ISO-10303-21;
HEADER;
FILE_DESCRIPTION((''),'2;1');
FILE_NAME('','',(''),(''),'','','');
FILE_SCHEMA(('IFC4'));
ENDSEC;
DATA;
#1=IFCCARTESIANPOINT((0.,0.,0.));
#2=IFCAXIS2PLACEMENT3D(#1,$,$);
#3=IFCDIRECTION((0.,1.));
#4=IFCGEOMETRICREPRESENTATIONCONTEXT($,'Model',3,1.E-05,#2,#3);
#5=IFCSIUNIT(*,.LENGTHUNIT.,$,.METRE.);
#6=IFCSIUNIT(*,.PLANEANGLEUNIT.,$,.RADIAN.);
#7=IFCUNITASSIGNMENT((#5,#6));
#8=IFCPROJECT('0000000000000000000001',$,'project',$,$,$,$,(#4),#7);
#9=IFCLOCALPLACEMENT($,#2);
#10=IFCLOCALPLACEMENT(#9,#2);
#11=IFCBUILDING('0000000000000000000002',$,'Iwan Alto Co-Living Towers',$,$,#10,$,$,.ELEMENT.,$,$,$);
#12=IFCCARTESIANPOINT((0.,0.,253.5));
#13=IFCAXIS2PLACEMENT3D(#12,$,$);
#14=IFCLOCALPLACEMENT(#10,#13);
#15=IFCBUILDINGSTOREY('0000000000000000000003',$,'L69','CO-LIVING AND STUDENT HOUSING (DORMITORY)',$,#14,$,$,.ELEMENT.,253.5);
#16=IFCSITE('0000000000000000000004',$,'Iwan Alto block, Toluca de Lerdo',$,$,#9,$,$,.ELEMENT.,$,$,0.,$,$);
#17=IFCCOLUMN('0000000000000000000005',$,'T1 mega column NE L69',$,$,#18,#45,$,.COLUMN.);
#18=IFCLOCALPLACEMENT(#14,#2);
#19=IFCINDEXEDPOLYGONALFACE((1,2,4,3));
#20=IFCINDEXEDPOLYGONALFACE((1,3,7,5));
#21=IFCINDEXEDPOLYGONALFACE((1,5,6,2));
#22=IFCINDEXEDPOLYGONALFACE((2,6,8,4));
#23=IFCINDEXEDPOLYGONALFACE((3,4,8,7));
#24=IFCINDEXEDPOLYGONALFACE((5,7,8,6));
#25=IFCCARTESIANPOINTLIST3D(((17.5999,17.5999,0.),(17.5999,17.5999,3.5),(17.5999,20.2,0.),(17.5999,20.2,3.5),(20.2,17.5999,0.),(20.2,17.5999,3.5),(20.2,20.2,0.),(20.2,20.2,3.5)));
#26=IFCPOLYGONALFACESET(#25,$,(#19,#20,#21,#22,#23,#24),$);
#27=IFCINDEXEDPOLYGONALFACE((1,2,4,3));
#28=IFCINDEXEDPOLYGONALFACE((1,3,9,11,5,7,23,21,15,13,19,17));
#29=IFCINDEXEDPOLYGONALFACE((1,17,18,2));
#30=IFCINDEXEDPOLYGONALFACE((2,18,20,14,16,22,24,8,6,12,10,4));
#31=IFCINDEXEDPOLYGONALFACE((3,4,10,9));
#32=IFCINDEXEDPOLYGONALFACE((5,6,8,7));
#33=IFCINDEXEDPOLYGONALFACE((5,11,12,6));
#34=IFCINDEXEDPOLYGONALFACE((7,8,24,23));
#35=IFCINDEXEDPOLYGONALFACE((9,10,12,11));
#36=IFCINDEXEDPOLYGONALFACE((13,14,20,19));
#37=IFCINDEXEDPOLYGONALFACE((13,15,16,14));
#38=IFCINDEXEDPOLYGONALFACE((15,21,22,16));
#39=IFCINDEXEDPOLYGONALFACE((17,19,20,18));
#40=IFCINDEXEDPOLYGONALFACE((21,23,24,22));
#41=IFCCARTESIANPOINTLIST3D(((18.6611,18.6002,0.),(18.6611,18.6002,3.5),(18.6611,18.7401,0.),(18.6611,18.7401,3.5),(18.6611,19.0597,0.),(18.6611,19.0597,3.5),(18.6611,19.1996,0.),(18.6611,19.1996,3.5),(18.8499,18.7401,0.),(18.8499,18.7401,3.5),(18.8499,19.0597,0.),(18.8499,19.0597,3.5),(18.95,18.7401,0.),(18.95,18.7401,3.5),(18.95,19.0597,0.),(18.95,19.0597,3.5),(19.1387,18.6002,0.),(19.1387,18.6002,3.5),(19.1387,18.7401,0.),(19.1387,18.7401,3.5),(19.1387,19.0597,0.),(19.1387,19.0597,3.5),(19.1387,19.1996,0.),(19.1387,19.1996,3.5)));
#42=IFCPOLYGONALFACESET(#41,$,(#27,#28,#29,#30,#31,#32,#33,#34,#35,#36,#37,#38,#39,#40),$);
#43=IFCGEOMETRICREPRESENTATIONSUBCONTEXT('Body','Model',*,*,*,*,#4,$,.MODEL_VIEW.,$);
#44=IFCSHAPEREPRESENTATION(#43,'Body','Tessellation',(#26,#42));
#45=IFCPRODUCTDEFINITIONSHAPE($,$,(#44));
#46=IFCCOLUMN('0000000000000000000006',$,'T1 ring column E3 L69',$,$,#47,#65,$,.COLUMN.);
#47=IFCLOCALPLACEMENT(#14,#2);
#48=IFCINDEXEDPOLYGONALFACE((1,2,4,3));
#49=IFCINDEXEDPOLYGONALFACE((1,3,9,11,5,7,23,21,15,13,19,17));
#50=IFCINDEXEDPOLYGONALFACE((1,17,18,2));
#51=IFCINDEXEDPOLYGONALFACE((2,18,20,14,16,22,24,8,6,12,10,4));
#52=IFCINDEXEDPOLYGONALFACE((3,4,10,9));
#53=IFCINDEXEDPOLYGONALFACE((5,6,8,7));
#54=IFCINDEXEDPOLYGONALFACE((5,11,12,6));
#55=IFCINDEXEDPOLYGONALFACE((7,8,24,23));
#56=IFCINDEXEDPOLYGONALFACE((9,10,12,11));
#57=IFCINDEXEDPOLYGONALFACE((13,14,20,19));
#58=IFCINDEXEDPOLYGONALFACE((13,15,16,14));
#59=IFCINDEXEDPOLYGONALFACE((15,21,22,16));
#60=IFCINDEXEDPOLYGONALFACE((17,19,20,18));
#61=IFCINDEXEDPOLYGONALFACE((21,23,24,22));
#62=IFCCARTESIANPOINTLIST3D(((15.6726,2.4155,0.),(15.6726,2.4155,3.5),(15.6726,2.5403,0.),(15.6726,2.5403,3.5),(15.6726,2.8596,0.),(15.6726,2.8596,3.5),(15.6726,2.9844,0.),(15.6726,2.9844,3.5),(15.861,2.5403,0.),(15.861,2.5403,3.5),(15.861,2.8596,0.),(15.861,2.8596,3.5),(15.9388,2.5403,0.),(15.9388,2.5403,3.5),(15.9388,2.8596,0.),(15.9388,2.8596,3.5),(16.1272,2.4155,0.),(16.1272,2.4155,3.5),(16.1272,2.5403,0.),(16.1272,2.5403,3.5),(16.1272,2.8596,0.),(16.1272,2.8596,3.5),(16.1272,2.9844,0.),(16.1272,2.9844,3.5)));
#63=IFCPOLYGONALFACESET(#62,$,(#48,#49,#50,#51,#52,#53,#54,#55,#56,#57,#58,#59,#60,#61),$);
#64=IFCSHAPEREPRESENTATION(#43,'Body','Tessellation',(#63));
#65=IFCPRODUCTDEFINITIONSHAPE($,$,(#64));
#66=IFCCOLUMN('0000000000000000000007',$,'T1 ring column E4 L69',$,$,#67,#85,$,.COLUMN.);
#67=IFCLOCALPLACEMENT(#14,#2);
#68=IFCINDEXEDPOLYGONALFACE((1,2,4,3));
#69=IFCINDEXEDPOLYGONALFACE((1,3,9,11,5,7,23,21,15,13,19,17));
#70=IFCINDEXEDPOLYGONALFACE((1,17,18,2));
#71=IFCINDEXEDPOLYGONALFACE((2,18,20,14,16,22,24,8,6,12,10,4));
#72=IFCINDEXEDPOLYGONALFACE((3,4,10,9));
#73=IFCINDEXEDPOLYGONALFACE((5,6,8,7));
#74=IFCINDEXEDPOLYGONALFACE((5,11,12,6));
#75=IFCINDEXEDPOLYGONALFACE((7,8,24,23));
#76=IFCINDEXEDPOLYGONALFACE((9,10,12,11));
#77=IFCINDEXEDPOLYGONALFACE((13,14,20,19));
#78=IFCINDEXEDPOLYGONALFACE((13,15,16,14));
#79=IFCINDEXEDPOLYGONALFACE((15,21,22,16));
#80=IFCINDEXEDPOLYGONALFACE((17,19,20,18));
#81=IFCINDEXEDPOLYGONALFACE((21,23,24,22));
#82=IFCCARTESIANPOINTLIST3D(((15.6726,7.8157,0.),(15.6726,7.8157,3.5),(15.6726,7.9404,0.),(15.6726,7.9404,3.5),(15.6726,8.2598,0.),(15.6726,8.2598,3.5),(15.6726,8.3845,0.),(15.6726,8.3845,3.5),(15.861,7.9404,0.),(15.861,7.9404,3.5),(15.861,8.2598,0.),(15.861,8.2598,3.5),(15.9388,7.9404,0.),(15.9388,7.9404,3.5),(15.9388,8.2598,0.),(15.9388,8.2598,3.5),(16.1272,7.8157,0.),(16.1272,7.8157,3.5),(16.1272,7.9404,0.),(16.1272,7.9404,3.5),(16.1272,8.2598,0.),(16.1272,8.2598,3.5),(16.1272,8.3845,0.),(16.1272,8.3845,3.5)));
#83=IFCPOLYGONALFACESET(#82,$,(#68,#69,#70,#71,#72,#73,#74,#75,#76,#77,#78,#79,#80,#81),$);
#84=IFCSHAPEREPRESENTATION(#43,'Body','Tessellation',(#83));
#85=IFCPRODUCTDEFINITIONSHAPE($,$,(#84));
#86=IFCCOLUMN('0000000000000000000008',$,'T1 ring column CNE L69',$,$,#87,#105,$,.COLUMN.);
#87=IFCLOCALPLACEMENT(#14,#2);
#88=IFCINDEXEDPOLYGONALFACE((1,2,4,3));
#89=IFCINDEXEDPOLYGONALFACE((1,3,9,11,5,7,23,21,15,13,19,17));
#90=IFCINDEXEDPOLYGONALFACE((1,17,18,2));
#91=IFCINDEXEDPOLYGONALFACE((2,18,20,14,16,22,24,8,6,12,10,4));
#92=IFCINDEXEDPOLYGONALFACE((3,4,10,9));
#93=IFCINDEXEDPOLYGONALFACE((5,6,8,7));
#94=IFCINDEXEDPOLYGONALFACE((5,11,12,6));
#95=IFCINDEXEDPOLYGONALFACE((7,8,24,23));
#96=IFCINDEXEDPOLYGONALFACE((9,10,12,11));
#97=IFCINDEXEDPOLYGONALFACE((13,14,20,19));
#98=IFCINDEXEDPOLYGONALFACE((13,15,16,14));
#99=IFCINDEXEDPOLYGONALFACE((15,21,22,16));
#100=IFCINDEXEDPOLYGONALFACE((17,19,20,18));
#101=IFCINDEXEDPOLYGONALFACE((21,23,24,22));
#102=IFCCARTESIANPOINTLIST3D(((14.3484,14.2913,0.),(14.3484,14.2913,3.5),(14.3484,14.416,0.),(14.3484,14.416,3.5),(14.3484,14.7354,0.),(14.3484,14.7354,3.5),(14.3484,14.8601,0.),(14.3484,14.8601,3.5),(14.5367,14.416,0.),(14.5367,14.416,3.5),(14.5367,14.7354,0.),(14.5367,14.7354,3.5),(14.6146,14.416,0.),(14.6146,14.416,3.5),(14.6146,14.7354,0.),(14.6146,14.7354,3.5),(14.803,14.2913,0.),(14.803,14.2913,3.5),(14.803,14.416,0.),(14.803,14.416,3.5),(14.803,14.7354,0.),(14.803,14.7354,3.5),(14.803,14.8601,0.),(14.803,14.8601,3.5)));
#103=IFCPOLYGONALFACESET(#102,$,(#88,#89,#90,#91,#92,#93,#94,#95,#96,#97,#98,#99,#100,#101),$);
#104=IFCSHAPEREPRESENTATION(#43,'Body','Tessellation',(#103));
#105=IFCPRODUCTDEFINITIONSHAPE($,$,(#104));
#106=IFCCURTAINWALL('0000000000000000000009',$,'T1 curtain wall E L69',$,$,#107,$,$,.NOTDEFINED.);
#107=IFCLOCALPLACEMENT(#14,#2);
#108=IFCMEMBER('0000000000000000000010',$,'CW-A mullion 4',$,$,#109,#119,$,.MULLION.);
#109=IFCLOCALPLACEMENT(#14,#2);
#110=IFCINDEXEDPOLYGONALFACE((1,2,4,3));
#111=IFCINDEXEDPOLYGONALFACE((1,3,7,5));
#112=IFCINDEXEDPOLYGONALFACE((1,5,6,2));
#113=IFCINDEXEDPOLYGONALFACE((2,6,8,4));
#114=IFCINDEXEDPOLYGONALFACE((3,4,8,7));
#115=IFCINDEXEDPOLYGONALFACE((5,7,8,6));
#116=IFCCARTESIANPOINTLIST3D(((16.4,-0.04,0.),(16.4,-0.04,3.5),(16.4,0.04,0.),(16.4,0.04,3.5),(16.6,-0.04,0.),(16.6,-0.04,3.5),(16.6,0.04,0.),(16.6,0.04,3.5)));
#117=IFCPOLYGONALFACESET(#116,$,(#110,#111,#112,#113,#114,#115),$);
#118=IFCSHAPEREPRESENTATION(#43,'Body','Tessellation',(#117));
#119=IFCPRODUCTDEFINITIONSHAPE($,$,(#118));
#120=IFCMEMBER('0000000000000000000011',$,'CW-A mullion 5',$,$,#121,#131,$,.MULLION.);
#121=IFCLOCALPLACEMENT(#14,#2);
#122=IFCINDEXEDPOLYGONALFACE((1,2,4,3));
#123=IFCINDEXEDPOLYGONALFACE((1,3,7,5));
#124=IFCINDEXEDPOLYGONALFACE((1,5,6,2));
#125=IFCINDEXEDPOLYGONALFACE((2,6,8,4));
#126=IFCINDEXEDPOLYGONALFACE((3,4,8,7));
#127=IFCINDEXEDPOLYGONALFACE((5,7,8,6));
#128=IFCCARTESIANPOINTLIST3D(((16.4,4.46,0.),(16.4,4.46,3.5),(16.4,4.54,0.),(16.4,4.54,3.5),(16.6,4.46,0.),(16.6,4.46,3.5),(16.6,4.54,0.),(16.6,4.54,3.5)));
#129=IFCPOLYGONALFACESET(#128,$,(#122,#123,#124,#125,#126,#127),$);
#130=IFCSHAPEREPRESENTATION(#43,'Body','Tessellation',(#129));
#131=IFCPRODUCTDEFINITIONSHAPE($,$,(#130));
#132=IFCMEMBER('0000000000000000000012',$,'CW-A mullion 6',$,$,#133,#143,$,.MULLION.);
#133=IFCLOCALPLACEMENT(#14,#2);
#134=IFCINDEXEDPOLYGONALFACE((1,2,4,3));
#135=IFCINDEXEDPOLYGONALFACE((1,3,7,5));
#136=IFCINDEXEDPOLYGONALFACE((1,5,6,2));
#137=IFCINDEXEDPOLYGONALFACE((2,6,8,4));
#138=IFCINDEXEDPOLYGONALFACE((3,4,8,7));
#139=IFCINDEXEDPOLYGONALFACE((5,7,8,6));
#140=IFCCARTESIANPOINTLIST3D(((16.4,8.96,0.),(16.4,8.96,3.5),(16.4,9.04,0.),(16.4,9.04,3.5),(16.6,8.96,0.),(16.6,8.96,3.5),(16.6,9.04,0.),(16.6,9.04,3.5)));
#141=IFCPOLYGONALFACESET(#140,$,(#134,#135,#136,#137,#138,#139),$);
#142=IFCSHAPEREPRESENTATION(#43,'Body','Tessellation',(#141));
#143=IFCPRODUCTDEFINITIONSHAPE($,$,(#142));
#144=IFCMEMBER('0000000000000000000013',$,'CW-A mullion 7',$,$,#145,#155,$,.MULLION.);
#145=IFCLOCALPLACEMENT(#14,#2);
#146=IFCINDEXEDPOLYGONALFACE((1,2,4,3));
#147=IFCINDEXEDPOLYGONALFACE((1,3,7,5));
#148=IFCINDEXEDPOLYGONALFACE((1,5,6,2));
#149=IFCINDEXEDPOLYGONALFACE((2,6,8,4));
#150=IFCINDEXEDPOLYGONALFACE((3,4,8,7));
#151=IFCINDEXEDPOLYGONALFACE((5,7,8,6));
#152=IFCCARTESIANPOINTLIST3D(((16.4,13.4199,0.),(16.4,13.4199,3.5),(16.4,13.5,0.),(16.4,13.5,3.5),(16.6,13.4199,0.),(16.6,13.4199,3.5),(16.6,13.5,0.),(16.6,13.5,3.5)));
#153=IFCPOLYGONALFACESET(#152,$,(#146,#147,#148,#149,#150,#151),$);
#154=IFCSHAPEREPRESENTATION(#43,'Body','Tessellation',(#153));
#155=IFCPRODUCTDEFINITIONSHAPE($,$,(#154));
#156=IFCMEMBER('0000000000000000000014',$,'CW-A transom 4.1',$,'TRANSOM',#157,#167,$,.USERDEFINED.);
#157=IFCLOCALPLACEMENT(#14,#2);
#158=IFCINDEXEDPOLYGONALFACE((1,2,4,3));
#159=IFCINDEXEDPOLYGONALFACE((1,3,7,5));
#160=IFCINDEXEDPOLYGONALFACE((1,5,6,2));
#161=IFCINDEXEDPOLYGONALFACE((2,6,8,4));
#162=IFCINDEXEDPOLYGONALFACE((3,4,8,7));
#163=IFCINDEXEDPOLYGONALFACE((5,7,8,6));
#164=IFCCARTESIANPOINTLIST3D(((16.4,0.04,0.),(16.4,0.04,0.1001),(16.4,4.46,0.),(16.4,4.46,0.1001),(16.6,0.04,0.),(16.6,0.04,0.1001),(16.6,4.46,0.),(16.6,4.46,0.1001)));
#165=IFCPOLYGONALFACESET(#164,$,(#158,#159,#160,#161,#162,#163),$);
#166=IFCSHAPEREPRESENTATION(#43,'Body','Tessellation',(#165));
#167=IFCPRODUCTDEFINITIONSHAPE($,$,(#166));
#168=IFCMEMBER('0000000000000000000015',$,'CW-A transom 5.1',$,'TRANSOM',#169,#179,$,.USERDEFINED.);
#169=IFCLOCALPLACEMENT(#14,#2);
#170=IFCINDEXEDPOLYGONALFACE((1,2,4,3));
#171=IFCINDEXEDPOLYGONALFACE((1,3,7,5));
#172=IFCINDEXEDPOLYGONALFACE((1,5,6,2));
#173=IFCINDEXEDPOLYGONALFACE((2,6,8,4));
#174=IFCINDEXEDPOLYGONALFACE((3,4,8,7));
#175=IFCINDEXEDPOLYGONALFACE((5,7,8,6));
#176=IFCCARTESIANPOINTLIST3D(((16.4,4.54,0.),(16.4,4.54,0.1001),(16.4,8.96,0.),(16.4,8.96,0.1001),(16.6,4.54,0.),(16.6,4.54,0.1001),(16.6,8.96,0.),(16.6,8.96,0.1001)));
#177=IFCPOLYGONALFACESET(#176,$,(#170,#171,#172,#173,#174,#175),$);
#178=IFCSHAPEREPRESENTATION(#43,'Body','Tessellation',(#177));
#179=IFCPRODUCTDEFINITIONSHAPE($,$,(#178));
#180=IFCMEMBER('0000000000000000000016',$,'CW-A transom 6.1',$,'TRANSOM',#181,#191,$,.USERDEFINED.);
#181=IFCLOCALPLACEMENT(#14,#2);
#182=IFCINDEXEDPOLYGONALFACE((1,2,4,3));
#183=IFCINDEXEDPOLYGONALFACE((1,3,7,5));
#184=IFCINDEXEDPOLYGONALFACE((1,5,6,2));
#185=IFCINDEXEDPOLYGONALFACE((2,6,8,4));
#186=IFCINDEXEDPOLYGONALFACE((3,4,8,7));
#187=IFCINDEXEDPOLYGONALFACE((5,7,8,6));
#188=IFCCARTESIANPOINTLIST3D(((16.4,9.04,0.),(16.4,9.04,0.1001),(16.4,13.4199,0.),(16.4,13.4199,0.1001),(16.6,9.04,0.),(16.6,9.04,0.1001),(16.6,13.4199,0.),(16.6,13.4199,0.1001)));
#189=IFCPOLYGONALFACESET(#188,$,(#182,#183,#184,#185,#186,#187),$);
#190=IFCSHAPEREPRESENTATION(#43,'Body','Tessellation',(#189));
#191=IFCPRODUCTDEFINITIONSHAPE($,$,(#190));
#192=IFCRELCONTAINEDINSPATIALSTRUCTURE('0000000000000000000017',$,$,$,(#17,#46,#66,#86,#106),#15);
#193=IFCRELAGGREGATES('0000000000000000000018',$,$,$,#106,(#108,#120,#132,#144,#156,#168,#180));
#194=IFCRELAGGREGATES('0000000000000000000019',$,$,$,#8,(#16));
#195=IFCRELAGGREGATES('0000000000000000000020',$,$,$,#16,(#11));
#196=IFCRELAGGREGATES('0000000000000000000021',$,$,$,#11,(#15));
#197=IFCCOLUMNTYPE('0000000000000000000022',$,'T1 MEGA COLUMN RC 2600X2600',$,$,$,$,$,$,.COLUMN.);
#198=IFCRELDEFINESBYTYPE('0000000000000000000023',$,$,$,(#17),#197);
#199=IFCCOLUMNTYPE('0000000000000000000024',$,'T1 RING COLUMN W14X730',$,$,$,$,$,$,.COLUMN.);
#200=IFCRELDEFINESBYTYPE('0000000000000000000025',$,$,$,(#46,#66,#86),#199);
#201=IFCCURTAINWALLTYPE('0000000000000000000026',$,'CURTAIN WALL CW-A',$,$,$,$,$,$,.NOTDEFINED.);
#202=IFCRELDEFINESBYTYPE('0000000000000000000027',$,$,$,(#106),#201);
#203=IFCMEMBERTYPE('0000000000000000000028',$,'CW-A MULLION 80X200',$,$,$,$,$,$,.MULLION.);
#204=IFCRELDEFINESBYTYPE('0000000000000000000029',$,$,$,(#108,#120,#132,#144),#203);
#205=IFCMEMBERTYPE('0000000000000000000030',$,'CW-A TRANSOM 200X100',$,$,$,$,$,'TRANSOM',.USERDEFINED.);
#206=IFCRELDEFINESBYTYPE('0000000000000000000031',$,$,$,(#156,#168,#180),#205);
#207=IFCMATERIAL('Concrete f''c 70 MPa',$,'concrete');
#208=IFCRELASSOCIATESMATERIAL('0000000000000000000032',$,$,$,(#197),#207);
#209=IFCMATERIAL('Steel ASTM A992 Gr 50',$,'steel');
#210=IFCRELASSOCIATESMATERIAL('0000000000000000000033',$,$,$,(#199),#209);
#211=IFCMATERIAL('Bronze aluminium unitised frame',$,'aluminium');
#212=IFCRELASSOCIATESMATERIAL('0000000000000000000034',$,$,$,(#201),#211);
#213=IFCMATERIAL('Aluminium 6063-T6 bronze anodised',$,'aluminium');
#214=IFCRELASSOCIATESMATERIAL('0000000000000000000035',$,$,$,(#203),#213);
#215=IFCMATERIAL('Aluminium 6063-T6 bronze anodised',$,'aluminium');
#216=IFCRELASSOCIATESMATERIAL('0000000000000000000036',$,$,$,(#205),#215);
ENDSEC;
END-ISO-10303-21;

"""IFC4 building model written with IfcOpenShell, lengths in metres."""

from ifc_helpers import new_model, si_unit, direction, frame, origin, origin_2d, place, context, subcontext, project, spatial, rectangle, i_section, extrude, material, material_profile, profile_set, type_object, element, aggregate, save


model = new_model("IFC4")

# Units and contexts
model_context = context("Model", 3, precision=1e-05, world=origin(), true_north=direction((0.0, 1.0)))
body_context = subcontext(model_context, "Body", "Model", "MODEL_VIEW")
ifc_project = project(units=[si_unit("LENGTHUNIT", "METRE"), si_unit("PLANEANGLEUNIT", "RADIAN")], contexts=[model_context])

# Site, building, storey
site_placement = place(None, origin())
site = spatial("IfcSite", under=ifc_project, at=site_placement, Name="Iwan Alto block, Toluca de Lerdo", CompositionType="ELEMENT", RefElevation=0.0)
building_placement = place(site_placement, origin())
building = spatial("IfcBuilding", under=site, at=building_placement, Name="Iwan Alto Co-Living Towers", CompositionType="ELEMENT")
storey_placement = place(building_placement, frame((0.0, 0.0, 253.5)))
storey = spatial("IfcBuildingStorey", under=building, at=storey_placement, Name="L69", Description="CO-LIVING AND STUDENT HOUSING (DORMITORY)", CompositionType="ELEMENT", Elevation=253.5)

# Columns
ifc_material_1 = material(Name="Concrete f'c 70 MPa", Category="concrete")
ifc_material_profile_1 = material_profile(ifc_material_1, rectangle(XDim=2.6001, YDim=2.6001, at=origin_2d()), Name="RC 2600X2600")
ifc_profile_set_1 = profile_set([ifc_material_profile_1], Name="Concrete f'c 70 MPa")
column_type_1 = type_object("IfcColumnType", Name="T1 MEGA COLUMN RC 2600X2600", PredefinedType="COLUMN", material=ifc_profile_set_1)
column_placement = place(storey_placement, frame((18.8999, 18.8999, 0.0), z_axis=(0.0, 0.0, 1.0), x_axis=(1.0, 0.0, 0.0)))
element("IfcColumn", 1, at=column_placement, inside=storey, type_object=column_type_1, Name="T1 mega column NE L69", PredefinedType="COLUMN", context=body_context, shape_type="SweptSolid", body=[
    extrude(rectangle(XDim=2.6001, YDim=2.6001, at=origin_2d()), origin(), (0.0, 0.0, 1.0), 3.5),
    extrude(i_section(OverallWidth=0.4775, OverallDepth=0.5994, WebThickness=0.1001, FlangeThickness=0.1399, at=origin_2d()), origin(), (0.0, 0.0, 1.0), 3.5),
])
ifc_material_2 = material(Name="Steel ASTM A992 Gr 50", Category="steel")
ifc_material_profile_2 = material_profile(ifc_material_2, i_section(OverallWidth=0.4546, OverallDepth=0.5688, WebThickness=0.0779, FlangeThickness=0.1248, at=origin_2d()), Name="W14X730")
ifc_profile_set_2 = profile_set([ifc_material_profile_2], Name="Steel ASTM A992 Gr 50")
column_type_2 = type_object("IfcColumnType", Name="T1 RING COLUMN W14X730", PredefinedType="COLUMN", material=ifc_profile_set_2)
for number, where, z_axis, x_axis, name in (
    (2, (15.8999, 2.7, 0.0), (0.0, 0.0, 1.0), (1.0, 0.0, 0.0), "T1 ring column E3 L69"),
    (3, (15.8999, 8.1001, 0.0), (0.0, 0.0, 1.0), (1.0, 0.0, 0.0), "T1 ring column E4 L69"),
    (4, (14.5757, 14.5757, 0.0), (0.0, 0.0, 1.0), (1.0, 0.0, 0.0), "T1 ring column CNE L69"),
):
    element("IfcColumn", number, at=place(storey_placement, frame(where, z_axis=z_axis, x_axis=x_axis)), inside=storey, type_object=column_type_2, Name=name, PredefinedType="COLUMN", context=body_context, shape_type="SweptSolid", body=[
        extrude(i_section(OverallWidth=0.4546, OverallDepth=0.5688, WebThickness=0.0779, FlangeThickness=0.1248, at=origin_2d()), origin(), (0.0, 0.0, 1.0), 3.5),
    ])

# Curtain wall, members
ifc_material_3 = material(Name="Bronze aluminium unitised frame", Category="aluminium")
curtain_wall_type_1 = type_object("IfcCurtainWallType", Name="CURTAIN WALL CW-A", PredefinedType="NOTDEFINED", material=ifc_material_3)
curtain_wall_1_placement = place(storey_placement, origin())
curtain_wall_1 = element("IfcCurtainWall", 5, at=curtain_wall_1_placement, inside=storey, type_object=curtain_wall_type_1, Name="T1 curtain wall E L69", PredefinedType="NOTDEFINED")
ifc_material_4 = material(Name="Aluminium 6063-T6 bronze anodised", Category="aluminium")
ifc_material_profile_3 = material_profile(ifc_material_4, rectangle(XDim=0.2, YDim=0.0801, at=origin_2d()), Name="AL 80X200")
ifc_profile_set_3 = profile_set([ifc_material_profile_3], Name="Aluminium 6063-T6 bronze anodised")
member_type_1 = type_object("IfcMemberType", Name="CW-A MULLION 80X200", PredefinedType="MULLION", material=ifc_profile_set_3)
member_1_placement = place(storey_placement, frame((16.5, 0.0, 0.0), z_axis=(0.0, 0.0, 1.0), x_axis=(-1.0, 0.0, 0.0)))
member_1 = element("IfcMember", 6, at=member_1_placement, type_object=member_type_1, Name="CW-A mullion 4", PredefinedType="MULLION", context=body_context, shape_type="SweptSolid", body=[
    extrude(rectangle(XDim=0.2, YDim=0.0801, at=origin_2d()), origin(), (0.0, 0.0, 1.0), 3.5),
])
member_2_placement = place(storey_placement, frame((16.5, 4.5, 0.0), z_axis=(0.0, 0.0, 1.0), x_axis=(-1.0, 0.0, 0.0)))
member_2 = element("IfcMember", 7, at=member_2_placement, type_object=member_type_1, Name="CW-A mullion 5", PredefinedType="MULLION", context=body_context, shape_type="SweptSolid", body=[
    extrude(rectangle(XDim=0.2, YDim=0.0801, at=origin_2d()), origin(), (0.0, 0.0, 1.0), 3.5),
])
member_3_placement = place(storey_placement, frame((16.5, 9.0, 0.0), z_axis=(0.0, 0.0, 1.0), x_axis=(-1.0, 0.0, 0.0)))
member_3 = element("IfcMember", 8, at=member_3_placement, type_object=member_type_1, Name="CW-A mullion 6", PredefinedType="MULLION", context=body_context, shape_type="SweptSolid", body=[
    extrude(rectangle(XDim=0.2, YDim=0.0801, at=origin_2d()), origin(), (0.0, 0.0, 1.0), 3.5),
])
member_4_placement = place(storey_placement, frame((16.5, 13.46, 0.0), z_axis=(0.0, 0.0, 1.0), x_axis=(-1.0, 0.0, 0.0)))
member_4 = element("IfcMember", 9, at=member_4_placement, type_object=member_type_1, Name="CW-A mullion 7", PredefinedType="MULLION", context=body_context, shape_type="SweptSolid", body=[
    extrude(rectangle(XDim=0.2, YDim=0.0801, at=origin_2d()), origin(), (0.0, 0.0, 1.0), 3.5),
])
ifc_material_5 = material(Name="Aluminium 6063-T6 bronze anodised", Category="aluminium")
ifc_material_profile_4 = material_profile(ifc_material_5, rectangle(XDim=0.2, YDim=0.1001, at=origin_2d()), Name="AL 200X100")
ifc_profile_set_4 = profile_set([ifc_material_profile_4], Name="Aluminium 6063-T6 bronze anodised")
member_type_2 = type_object("IfcMemberType", Name="CW-A TRANSOM 200X100", ElementType="TRANSOM", PredefinedType="USERDEFINED", material=ifc_profile_set_4)
member_5_placement = place(storey_placement, frame((16.5, 0.04, 0.05), z_axis=(0.0, 1.0, 0.0), x_axis=(-1.0, 0.0, 0.0)))
member_5 = element("IfcMember", 10, at=member_5_placement, type_object=member_type_2, Name="CW-A transom 4.1", ObjectType="TRANSOM", PredefinedType="USERDEFINED", context=body_context, shape_type="SweptSolid", body=[
    extrude(rectangle(XDim=0.2, YDim=0.1001, at=origin_2d()), origin(), (0.0, 0.0, 1.0), 4.4199),
])
member_6_placement = place(storey_placement, frame((16.5, 4.54, 0.05), z_axis=(0.0, 1.0, 0.0), x_axis=(-1.0, 0.0, 0.0)))
member_6 = element("IfcMember", 11, at=member_6_placement, type_object=member_type_2, Name="CW-A transom 5.1", ObjectType="TRANSOM", PredefinedType="USERDEFINED", context=body_context, shape_type="SweptSolid", body=[
    extrude(rectangle(XDim=0.2, YDim=0.1001, at=origin_2d()), origin(), (0.0, 0.0, 1.0), 4.4199),
])
member_7_placement = place(storey_placement, frame((16.5, 9.04, 0.05), z_axis=(0.0, 1.0, 0.0), x_axis=(-1.0, 0.0, 0.0)))
member_7 = element("IfcMember", 12, at=member_7_placement, type_object=member_type_2, Name="CW-A transom 6.1", ObjectType="TRANSOM", PredefinedType="USERDEFINED", context=body_context, shape_type="SweptSolid", body=[
    extrude(rectangle(XDim=0.2, YDim=0.1001, at=origin_2d()), origin(), (0.0, 0.0, 1.0), 4.3799),
])

aggregate(curtain_wall_1, [member_1, member_2, member_3, member_4, member_5, member_6, member_7])

save(model, "model.ifc")
